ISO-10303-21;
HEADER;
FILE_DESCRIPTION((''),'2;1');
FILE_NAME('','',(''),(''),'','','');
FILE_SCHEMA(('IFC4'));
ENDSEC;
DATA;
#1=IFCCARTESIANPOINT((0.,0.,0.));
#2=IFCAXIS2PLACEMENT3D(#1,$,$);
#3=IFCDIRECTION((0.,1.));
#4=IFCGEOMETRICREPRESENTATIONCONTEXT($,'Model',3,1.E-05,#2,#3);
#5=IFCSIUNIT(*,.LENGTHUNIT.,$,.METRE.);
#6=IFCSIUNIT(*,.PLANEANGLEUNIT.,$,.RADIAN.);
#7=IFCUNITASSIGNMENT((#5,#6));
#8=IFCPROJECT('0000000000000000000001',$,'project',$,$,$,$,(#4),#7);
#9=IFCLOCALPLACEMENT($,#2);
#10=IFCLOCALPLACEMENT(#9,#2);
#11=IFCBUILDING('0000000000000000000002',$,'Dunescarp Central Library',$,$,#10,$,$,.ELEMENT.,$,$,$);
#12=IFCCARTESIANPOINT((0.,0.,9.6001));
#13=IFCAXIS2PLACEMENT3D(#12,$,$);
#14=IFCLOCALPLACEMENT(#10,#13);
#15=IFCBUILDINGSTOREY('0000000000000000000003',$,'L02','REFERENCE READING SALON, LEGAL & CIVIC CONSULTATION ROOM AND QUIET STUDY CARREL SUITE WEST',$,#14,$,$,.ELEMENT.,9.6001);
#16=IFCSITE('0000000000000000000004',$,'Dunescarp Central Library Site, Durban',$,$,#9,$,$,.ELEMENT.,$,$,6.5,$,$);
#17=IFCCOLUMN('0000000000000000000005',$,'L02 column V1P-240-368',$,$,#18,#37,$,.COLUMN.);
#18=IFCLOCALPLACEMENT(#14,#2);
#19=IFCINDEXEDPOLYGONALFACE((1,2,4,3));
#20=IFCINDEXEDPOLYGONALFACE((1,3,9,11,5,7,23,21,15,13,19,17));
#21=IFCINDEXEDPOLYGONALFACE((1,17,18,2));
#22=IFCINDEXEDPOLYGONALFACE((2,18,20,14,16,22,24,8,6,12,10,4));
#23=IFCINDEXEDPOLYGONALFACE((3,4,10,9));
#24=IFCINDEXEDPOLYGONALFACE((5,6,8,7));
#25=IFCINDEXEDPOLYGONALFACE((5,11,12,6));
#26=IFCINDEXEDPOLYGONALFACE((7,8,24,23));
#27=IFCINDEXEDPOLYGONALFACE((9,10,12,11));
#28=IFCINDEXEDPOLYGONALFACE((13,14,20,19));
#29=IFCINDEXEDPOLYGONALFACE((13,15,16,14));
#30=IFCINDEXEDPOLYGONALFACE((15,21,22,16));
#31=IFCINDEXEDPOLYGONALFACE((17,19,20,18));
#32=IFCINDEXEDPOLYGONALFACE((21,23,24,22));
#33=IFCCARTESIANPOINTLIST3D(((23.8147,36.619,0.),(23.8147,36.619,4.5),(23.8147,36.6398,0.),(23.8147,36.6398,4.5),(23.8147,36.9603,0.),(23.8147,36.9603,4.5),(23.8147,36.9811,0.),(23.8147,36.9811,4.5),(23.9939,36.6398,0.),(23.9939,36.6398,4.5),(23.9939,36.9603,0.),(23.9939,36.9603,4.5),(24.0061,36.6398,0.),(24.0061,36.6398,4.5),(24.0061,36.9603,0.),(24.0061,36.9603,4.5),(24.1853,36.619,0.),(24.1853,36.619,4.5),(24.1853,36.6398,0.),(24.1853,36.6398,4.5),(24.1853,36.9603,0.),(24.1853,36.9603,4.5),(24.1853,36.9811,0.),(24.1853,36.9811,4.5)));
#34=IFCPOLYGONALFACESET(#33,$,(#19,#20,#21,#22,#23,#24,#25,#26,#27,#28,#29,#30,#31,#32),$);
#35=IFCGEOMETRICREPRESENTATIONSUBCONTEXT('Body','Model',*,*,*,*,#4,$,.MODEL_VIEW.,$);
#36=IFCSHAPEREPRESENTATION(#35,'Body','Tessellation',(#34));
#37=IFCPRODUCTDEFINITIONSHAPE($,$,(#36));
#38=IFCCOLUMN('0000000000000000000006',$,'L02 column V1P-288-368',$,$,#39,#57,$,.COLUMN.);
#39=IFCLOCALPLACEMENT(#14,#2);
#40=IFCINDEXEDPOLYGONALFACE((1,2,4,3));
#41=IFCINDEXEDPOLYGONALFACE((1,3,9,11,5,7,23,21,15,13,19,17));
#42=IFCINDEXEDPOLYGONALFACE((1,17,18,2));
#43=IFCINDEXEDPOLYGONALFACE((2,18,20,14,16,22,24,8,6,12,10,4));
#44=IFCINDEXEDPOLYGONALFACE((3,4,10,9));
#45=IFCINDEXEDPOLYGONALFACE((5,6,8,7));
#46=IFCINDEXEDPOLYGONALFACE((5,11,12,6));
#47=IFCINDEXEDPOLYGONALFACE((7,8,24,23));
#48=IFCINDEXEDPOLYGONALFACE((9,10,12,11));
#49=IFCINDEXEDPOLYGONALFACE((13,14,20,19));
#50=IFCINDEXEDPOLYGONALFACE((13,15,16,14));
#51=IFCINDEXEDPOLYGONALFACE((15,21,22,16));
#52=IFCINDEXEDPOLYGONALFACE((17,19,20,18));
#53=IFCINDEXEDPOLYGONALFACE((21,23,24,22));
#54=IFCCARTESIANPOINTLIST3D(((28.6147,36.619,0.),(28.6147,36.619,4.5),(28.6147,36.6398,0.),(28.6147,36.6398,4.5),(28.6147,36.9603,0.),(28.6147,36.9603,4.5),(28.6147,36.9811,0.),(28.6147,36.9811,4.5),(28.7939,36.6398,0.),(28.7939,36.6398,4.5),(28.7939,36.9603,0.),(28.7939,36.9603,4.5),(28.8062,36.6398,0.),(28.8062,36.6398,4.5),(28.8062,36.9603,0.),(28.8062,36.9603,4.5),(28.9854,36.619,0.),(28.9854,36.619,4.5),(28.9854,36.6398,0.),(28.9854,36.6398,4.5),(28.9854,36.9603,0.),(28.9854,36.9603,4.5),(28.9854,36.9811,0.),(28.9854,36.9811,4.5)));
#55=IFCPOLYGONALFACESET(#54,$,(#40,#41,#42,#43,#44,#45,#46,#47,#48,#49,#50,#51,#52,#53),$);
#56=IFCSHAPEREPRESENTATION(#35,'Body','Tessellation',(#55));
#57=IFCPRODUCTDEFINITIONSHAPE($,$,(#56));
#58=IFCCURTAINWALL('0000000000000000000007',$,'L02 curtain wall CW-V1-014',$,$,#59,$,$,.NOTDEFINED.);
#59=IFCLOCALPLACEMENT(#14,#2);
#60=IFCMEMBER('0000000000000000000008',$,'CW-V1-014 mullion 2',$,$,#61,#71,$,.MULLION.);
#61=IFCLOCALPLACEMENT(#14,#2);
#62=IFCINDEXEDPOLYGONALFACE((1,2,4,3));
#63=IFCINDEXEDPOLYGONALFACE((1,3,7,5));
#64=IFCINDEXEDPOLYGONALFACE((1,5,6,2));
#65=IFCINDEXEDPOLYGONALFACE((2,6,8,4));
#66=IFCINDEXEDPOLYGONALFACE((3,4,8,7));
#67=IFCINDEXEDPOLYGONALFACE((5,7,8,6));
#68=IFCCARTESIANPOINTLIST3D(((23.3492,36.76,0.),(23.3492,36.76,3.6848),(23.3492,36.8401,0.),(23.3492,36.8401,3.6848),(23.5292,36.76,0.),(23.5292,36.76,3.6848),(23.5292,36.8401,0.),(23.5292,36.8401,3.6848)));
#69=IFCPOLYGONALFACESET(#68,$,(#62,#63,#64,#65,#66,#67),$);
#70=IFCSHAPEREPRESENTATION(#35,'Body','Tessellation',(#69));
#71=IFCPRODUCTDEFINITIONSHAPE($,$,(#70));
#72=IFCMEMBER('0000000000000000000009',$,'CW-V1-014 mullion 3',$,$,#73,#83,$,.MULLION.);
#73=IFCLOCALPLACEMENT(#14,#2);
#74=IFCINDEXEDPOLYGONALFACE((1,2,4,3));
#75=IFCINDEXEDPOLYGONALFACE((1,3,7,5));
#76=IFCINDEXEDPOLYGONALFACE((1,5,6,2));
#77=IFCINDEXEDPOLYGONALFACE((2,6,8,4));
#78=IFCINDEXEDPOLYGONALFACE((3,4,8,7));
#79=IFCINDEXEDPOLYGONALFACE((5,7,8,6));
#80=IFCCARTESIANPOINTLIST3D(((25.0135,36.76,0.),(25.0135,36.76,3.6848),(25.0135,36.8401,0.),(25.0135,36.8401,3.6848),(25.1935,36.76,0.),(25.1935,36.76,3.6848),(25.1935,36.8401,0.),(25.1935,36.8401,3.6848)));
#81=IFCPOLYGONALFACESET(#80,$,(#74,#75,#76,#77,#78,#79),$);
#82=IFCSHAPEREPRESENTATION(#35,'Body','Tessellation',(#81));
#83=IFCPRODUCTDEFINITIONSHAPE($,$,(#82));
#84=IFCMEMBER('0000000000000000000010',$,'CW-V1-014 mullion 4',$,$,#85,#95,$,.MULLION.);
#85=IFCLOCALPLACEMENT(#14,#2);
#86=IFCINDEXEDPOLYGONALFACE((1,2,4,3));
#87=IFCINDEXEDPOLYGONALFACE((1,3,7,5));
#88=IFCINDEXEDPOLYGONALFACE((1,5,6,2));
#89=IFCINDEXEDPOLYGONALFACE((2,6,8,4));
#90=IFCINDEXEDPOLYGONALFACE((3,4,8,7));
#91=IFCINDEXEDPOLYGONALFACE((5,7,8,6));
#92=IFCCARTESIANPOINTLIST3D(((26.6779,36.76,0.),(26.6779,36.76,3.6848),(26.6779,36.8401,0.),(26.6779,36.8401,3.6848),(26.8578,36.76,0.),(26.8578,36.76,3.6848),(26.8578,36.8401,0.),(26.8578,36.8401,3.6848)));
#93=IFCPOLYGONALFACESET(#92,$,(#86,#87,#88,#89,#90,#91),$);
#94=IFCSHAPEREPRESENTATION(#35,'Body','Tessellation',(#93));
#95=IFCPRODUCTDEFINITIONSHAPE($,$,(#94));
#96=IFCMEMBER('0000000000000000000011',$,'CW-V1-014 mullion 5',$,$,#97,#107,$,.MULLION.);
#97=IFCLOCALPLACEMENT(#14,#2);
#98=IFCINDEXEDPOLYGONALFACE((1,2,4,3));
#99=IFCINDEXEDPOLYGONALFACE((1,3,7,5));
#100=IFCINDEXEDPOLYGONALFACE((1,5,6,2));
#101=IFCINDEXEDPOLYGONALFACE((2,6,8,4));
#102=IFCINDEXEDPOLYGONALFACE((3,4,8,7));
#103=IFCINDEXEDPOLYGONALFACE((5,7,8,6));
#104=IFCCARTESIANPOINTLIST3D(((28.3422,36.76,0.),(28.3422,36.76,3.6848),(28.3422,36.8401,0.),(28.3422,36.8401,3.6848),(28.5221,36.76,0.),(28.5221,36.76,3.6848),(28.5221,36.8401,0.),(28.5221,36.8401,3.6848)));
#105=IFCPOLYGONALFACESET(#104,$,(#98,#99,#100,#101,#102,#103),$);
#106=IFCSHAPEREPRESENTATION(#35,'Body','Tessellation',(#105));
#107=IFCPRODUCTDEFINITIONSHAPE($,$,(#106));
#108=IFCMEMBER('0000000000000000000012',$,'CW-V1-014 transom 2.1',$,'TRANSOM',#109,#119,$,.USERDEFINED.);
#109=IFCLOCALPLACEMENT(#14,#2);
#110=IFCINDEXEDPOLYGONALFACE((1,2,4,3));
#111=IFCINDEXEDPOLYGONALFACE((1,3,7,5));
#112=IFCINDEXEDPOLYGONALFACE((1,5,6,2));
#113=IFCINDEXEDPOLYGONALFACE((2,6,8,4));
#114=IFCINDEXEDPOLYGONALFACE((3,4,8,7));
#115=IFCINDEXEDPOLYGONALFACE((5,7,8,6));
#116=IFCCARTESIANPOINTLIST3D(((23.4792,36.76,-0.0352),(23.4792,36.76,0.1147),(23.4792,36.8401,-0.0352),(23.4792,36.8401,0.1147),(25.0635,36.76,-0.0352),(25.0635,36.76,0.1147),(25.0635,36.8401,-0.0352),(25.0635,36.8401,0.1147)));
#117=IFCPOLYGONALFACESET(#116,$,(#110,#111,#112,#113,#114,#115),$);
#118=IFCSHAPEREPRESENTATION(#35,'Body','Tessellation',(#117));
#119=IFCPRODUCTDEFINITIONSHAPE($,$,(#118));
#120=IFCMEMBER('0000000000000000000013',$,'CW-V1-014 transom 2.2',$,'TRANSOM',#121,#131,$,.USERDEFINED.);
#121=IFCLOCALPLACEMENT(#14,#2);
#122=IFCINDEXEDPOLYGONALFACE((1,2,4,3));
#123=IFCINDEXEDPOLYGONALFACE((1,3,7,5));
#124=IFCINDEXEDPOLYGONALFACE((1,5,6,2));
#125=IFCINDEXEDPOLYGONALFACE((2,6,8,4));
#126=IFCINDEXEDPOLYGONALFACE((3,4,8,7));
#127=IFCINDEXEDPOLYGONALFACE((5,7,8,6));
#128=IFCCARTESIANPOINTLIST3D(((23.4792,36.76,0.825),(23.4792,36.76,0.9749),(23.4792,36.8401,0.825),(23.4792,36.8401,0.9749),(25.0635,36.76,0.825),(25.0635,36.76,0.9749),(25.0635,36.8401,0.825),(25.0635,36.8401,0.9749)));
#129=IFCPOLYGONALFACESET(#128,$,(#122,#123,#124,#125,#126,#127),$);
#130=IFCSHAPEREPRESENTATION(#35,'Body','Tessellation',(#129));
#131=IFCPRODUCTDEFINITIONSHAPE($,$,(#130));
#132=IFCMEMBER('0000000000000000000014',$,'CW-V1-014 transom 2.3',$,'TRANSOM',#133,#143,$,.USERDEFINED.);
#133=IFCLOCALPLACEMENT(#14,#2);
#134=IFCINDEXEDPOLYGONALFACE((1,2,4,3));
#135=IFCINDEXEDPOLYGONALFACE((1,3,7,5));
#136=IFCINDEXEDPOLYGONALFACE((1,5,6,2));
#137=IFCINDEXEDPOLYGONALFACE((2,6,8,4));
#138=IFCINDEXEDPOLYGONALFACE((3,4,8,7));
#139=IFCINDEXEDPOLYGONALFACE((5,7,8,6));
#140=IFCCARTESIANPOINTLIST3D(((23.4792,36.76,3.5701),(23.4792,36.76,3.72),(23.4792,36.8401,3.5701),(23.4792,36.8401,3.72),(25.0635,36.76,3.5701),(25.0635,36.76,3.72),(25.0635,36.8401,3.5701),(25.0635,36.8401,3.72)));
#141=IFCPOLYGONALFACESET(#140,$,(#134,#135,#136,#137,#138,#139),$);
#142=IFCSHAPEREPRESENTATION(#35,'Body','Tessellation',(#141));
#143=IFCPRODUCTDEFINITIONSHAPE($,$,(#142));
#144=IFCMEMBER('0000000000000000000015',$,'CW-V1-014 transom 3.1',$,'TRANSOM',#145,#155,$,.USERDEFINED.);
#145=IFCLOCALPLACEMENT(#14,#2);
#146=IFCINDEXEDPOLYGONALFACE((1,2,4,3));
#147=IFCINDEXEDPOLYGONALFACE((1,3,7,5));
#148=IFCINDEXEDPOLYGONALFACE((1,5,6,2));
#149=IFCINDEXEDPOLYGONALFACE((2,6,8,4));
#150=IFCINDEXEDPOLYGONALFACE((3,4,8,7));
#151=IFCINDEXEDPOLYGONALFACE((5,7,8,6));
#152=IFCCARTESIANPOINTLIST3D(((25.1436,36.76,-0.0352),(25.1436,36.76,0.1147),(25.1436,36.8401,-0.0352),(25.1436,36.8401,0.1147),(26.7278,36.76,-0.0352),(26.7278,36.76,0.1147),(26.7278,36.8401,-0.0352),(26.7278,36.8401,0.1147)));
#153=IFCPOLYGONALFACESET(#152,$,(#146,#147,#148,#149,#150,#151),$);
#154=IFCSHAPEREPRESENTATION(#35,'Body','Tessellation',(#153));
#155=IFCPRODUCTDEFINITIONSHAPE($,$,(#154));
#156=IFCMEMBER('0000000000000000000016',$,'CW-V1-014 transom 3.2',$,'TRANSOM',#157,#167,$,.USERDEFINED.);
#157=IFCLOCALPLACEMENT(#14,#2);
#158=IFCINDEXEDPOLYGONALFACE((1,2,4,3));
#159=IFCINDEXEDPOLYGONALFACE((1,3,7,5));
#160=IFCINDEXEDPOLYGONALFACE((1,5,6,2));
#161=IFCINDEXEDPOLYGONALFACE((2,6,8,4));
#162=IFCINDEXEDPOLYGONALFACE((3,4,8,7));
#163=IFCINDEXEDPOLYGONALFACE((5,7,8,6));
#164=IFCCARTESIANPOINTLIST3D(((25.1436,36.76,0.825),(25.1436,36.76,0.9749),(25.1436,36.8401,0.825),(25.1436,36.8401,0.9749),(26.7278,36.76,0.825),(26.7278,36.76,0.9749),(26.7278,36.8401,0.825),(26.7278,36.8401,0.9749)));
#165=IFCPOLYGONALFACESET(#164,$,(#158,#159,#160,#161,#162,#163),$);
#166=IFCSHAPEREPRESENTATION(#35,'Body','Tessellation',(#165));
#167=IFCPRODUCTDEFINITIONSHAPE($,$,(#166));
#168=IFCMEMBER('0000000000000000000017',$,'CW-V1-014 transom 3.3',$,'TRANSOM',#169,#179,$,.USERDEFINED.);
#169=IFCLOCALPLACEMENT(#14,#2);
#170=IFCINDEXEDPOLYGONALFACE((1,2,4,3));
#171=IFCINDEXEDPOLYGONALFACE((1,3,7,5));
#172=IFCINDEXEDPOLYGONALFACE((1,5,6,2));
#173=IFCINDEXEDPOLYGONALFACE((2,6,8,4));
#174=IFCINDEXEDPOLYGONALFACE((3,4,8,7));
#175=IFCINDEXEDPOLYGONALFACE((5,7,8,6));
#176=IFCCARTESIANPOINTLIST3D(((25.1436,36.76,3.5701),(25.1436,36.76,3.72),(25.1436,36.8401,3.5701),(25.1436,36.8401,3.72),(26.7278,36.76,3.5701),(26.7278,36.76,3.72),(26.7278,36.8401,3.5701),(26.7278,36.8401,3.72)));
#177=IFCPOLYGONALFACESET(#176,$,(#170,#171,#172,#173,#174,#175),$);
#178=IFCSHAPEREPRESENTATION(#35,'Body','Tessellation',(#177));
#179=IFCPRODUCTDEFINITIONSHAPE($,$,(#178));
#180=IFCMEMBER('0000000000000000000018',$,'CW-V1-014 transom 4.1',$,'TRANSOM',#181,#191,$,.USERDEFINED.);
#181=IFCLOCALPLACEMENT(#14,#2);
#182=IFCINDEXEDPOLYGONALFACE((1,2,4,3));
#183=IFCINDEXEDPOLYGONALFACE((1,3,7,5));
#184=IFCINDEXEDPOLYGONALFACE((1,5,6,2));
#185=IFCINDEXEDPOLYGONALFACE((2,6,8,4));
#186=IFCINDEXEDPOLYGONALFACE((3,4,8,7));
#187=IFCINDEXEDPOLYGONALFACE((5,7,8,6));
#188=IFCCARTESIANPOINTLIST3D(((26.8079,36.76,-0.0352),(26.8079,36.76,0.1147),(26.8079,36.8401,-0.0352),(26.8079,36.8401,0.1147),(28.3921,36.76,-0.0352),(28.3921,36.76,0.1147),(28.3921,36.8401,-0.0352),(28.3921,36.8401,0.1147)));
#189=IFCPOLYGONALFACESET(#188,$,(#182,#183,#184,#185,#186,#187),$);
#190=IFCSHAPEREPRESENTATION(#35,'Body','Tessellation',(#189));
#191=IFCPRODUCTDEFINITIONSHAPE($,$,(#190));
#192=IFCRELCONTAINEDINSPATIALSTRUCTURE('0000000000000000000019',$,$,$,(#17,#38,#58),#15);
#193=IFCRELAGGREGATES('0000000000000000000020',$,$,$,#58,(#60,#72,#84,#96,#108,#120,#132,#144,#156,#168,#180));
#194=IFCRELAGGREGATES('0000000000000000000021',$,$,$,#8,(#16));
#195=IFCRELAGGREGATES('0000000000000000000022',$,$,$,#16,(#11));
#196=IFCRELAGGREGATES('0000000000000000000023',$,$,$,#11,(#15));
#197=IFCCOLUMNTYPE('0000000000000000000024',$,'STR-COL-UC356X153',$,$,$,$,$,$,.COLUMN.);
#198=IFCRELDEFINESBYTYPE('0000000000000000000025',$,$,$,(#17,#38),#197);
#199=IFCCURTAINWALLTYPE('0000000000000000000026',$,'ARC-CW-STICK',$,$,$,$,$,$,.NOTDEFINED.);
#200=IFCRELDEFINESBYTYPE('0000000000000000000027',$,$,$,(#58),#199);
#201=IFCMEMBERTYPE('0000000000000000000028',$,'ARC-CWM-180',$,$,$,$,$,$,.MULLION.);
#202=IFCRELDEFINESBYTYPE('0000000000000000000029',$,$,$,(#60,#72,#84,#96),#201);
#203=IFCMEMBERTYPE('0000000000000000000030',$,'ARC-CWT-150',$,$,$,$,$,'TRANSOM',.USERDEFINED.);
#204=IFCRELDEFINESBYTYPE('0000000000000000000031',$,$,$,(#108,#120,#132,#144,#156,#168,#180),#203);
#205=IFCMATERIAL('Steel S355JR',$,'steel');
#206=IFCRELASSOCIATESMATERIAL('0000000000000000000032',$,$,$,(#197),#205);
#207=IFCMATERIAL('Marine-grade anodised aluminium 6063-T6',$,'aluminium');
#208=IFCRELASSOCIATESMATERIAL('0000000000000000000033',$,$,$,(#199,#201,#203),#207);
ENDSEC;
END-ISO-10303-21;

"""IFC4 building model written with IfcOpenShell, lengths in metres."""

from ifc_helpers import new_model, si_unit, direction, frame, origin, origin_2d, place, context, subcontext, project, spatial, rectangle, i_section, extrude, material, material_profile, profile_set, type_object, element, aggregate, save


model = new_model("IFC4")

# Units and contexts
model_context = context("Model", 3, precision=1e-05, world=origin(), true_north=direction((0.0, 1.0)))
body_context = subcontext(model_context, "Body", "Model", "MODEL_VIEW")
ifc_project = project(units=[si_unit("LENGTHUNIT", "METRE"), si_unit("PLANEANGLEUNIT", "RADIAN")], contexts=[model_context])

# Site, building, storey
site_placement = place(None, origin())
site = spatial("IfcSite", under=ifc_project, at=site_placement, Name="Dunescarp Central Library Site, Durban", CompositionType="ELEMENT", RefElevation=6.5)
building_placement = place(site_placement, origin())
building = spatial("IfcBuilding", under=site, at=building_placement, Name="Dunescarp Central Library", CompositionType="ELEMENT")
storey_placement = place(building_placement, frame((0.0, 0.0, 9.6001)))
storey = spatial("IfcBuildingStorey", under=building, at=storey_placement, Name="L02", Description="REFERENCE READING SALON, LEGAL & CIVIC CONSULTATION ROOM AND QUIET STUDY CARREL SUITE WEST", CompositionType="ELEMENT", Elevation=9.6001)

# Columns
ifc_material_1 = material(Name="Steel S355JR", Category="steel")
ifc_material_profile_1 = material_profile(ifc_material_1, i_section(OverallWidth=0.3706, OverallDepth=0.3621, WebThickness=0.0122, FlangeThickness=0.0208, at=origin_2d()), Name="UC 356x368x153")
ifc_profile_set_1 = profile_set([ifc_material_profile_1], Name="Steel S355JR")
column_type = type_object("IfcColumnType", Name="STR-COL-UC356X153", PredefinedType="COLUMN", material=ifc_profile_set_1)
for number, where, z_axis, x_axis, name in (
    (1, (24.0, 36.8, 0.0), (0.0, 0.0, 1.0), (1.0, 0.0, 0.0), "L02 column V1P-240-368"),
    (2, (28.8, 36.8, 0.0), (0.0, 0.0, 1.0), (1.0, 0.0, 0.0), "L02 column V1P-288-368"),
):
    element("IfcColumn", number, at=place(storey_placement, frame(where, z_axis=z_axis, x_axis=x_axis)), inside=storey, type_object=column_type, Name=name, PredefinedType="COLUMN", context=body_context, shape_type="SweptSolid", body=[
        extrude(i_section(OverallWidth=0.3706, OverallDepth=0.3621, WebThickness=0.0122, FlangeThickness=0.0208, at=origin_2d()), origin(), (0.0, 0.0, 1.0), 4.5),
    ])

# Curtain wall, members
ifc_material_2 = material(Name="Marine-grade anodised aluminium 6063-T6", Category="aluminium")
curtain_wall_type = type_object("IfcCurtainWallType", Name="ARC-CW-STICK", PredefinedType="NOTDEFINED", material=ifc_material_2)
curtain_wall_placement = place(storey_placement, origin())
curtain_wall = element("IfcCurtainWall", 3, at=curtain_wall_placement, inside=storey, type_object=curtain_wall_type, Name="L02 curtain wall CW-V1-014", PredefinedType="NOTDEFINED")
ifc_material_profile_2 = material_profile(ifc_material_2, rectangle(XDim=0.0801, YDim=0.1799, at=origin_2d()), Name="AL 80x180")
ifc_profile_set_2 = profile_set([ifc_material_profile_2], Name="Marine-grade anodised aluminium 6063-T6")
member_type_1 = type_object("IfcMemberType", Name="ARC-CWM-180", PredefinedType="MULLION", material=ifc_profile_set_2)
member_1_placement = place(storey_placement, frame((23.4392, 36.8, 0.0), z_axis=(0.0, 0.0, 1.0), x_axis=(0.0, 1.0, 0.0)))
member_1 = element("IfcMember", 4, at=member_1_placement, type_object=member_type_1, Name="CW-V1-014 mullion 2", PredefinedType="MULLION", context=body_context, shape_type="SweptSolid", body=[
    extrude(rectangle(XDim=0.0801, YDim=0.1799, at=origin_2d()), origin(), (0.0, 0.0, 1.0), 3.6848),
])
member_2_placement = place(storey_placement, frame((25.1035, 36.8, 0.0), z_axis=(0.0, 0.0, 1.0), x_axis=(0.0, 1.0, 0.0)))
member_2 = element("IfcMember", 5, at=member_2_placement, type_object=member_type_1, Name="CW-V1-014 mullion 3", PredefinedType="MULLION", context=body_context, shape_type="SweptSolid", body=[
    extrude(rectangle(XDim=0.0801, YDim=0.1799, at=origin_2d()), origin(), (0.0, 0.0, 1.0), 3.6848),
])
member_3_placement = place(storey_placement, frame((26.7678, 36.8, 0.0), z_axis=(0.0, 0.0, 1.0), x_axis=(0.0, 1.0, 0.0)))
member_3 = element("IfcMember", 6, at=member_3_placement, type_object=member_type_1, Name="CW-V1-014 mullion 4", PredefinedType="MULLION", context=body_context, shape_type="SweptSolid", body=[
    extrude(rectangle(XDim=0.0801, YDim=0.1799, at=origin_2d()), origin(), (0.0, 0.0, 1.0), 3.6848),
])
member_4_placement = place(storey_placement, frame((28.4321, 36.8, 0.0), z_axis=(0.0, 0.0, 1.0), x_axis=(0.0, 1.0, 0.0)))
member_4 = element("IfcMember", 7, at=member_4_placement, type_object=member_type_1, Name="CW-V1-014 mullion 5", PredefinedType="MULLION", context=body_context, shape_type="SweptSolid", body=[
    extrude(rectangle(XDim=0.0801, YDim=0.1799, at=origin_2d()), origin(), (0.0, 0.0, 1.0), 3.6848),
])
ifc_material_profile_3 = material_profile(ifc_material_2, rectangle(XDim=0.0801, YDim=0.1499, at=origin_2d()), Name="AL 80x150")
ifc_profile_set_3 = profile_set([ifc_material_profile_3], Name="Marine-grade anodised aluminium 6063-T6")
member_type_2 = type_object("IfcMemberType", Name="ARC-CWT-150", ElementType="TRANSOM", PredefinedType="USERDEFINED", material=ifc_profile_set_3)
member_5_placement = place(storey_placement, frame((23.4792, 36.8, 0.0398), z_axis=(1.0, 0.0, 0.0), x_axis=(0.0, 1.0, 0.0)))
member_5 = element("IfcMember", 8, at=member_5_placement, type_object=member_type_2, Name="CW-V1-014 transom 2.1", ObjectType="TRANSOM", PredefinedType="USERDEFINED", context=body_context, shape_type="SweptSolid", body=[
    extrude(rectangle(XDim=0.0801, YDim=0.1499, at=origin_2d()), origin(), (0.0, 0.0, 1.0), 1.5842),
])
member_6_placement = place(storey_placement, frame((23.4792, 36.8, 0.8999), z_axis=(1.0, 0.0, 0.0), x_axis=(0.0, 1.0, 0.0)))
member_6 = element("IfcMember", 9, at=member_6_placement, type_object=member_type_2, Name="CW-V1-014 transom 2.2", ObjectType="TRANSOM", PredefinedType="USERDEFINED", context=body_context, shape_type="SweptSolid", body=[
    extrude(rectangle(XDim=0.0801, YDim=0.1499, at=origin_2d()), origin(), (0.0, 0.0, 1.0), 1.5842),
])
member_7_placement = place(storey_placement, frame((23.4792, 36.8, 3.645), z_axis=(1.0, 0.0, 0.0), x_axis=(0.0, 1.0, 0.0)))
member_7 = element("IfcMember", 10, at=member_7_placement, type_object=member_type_2, Name="CW-V1-014 transom 2.3", ObjectType="TRANSOM", PredefinedType="USERDEFINED", context=body_context, shape_type="SweptSolid", body=[
    extrude(rectangle(XDim=0.0801, YDim=0.1499, at=origin_2d()), origin(), (0.0, 0.0, 1.0), 1.5842),
])
member_8_placement = place(storey_placement, frame((25.1436, 36.8, 0.0398), z_axis=(1.0, 0.0, 0.0), x_axis=(0.0, 1.0, 0.0)))
member_8 = element("IfcMember", 11, at=member_8_placement, type_object=member_type_2, Name="CW-V1-014 transom 3.1", ObjectType="TRANSOM", PredefinedType="USERDEFINED", context=body_context, shape_type="SweptSolid", body=[
    extrude(rectangle(XDim=0.0801, YDim=0.1499, at=origin_2d()), origin(), (0.0, 0.0, 1.0), 1.5842),
])
member_9_placement = place(storey_placement, frame((25.1436, 36.8, 0.8999), z_axis=(1.0, 0.0, 0.0), x_axis=(0.0, 1.0, 0.0)))
member_9 = element("IfcMember", 12, at=member_9_placement, type_object=member_type_2, Name="CW-V1-014 transom 3.2", ObjectType="TRANSOM", PredefinedType="USERDEFINED", context=body_context, shape_type="SweptSolid", body=[
    extrude(rectangle(XDim=0.0801, YDim=0.1499, at=origin_2d()), origin(), (0.0, 0.0, 1.0), 1.5842),
])
member_10_placement = place(storey_placement, frame((25.1436, 36.8, 3.645), z_axis=(1.0, 0.0, 0.0), x_axis=(0.0, 1.0, 0.0)))
member_10 = element("IfcMember", 13, at=member_10_placement, type_object=member_type_2, Name="CW-V1-014 transom 3.3", ObjectType="TRANSOM", PredefinedType="USERDEFINED", context=body_context, shape_type="SweptSolid", body=[
    extrude(rectangle(XDim=0.0801, YDim=0.1499, at=origin_2d()), origin(), (0.0, 0.0, 1.0), 1.5842),
])
member_11_placement = place(storey_placement, frame((26.8079, 36.8, 0.0398), z_axis=(1.0, 0.0, 0.0), x_axis=(0.0, 1.0, 0.0)))
member_11 = element("IfcMember", 14, at=member_11_placement, type_object=member_type_2, Name="CW-V1-014 transom 4.1", ObjectType="TRANSOM", PredefinedType="USERDEFINED", context=body_context, shape_type="SweptSolid", body=[
    extrude(rectangle(XDim=0.0801, YDim=0.1499, at=origin_2d()), origin(), (0.0, 0.0, 1.0), 1.5842),
])

aggregate(curtain_wall, [member_1, member_2, member_3, member_4, member_5, member_6, member_7, member_8, member_9, member_10, member_11])

save(model, "model.ifc")
